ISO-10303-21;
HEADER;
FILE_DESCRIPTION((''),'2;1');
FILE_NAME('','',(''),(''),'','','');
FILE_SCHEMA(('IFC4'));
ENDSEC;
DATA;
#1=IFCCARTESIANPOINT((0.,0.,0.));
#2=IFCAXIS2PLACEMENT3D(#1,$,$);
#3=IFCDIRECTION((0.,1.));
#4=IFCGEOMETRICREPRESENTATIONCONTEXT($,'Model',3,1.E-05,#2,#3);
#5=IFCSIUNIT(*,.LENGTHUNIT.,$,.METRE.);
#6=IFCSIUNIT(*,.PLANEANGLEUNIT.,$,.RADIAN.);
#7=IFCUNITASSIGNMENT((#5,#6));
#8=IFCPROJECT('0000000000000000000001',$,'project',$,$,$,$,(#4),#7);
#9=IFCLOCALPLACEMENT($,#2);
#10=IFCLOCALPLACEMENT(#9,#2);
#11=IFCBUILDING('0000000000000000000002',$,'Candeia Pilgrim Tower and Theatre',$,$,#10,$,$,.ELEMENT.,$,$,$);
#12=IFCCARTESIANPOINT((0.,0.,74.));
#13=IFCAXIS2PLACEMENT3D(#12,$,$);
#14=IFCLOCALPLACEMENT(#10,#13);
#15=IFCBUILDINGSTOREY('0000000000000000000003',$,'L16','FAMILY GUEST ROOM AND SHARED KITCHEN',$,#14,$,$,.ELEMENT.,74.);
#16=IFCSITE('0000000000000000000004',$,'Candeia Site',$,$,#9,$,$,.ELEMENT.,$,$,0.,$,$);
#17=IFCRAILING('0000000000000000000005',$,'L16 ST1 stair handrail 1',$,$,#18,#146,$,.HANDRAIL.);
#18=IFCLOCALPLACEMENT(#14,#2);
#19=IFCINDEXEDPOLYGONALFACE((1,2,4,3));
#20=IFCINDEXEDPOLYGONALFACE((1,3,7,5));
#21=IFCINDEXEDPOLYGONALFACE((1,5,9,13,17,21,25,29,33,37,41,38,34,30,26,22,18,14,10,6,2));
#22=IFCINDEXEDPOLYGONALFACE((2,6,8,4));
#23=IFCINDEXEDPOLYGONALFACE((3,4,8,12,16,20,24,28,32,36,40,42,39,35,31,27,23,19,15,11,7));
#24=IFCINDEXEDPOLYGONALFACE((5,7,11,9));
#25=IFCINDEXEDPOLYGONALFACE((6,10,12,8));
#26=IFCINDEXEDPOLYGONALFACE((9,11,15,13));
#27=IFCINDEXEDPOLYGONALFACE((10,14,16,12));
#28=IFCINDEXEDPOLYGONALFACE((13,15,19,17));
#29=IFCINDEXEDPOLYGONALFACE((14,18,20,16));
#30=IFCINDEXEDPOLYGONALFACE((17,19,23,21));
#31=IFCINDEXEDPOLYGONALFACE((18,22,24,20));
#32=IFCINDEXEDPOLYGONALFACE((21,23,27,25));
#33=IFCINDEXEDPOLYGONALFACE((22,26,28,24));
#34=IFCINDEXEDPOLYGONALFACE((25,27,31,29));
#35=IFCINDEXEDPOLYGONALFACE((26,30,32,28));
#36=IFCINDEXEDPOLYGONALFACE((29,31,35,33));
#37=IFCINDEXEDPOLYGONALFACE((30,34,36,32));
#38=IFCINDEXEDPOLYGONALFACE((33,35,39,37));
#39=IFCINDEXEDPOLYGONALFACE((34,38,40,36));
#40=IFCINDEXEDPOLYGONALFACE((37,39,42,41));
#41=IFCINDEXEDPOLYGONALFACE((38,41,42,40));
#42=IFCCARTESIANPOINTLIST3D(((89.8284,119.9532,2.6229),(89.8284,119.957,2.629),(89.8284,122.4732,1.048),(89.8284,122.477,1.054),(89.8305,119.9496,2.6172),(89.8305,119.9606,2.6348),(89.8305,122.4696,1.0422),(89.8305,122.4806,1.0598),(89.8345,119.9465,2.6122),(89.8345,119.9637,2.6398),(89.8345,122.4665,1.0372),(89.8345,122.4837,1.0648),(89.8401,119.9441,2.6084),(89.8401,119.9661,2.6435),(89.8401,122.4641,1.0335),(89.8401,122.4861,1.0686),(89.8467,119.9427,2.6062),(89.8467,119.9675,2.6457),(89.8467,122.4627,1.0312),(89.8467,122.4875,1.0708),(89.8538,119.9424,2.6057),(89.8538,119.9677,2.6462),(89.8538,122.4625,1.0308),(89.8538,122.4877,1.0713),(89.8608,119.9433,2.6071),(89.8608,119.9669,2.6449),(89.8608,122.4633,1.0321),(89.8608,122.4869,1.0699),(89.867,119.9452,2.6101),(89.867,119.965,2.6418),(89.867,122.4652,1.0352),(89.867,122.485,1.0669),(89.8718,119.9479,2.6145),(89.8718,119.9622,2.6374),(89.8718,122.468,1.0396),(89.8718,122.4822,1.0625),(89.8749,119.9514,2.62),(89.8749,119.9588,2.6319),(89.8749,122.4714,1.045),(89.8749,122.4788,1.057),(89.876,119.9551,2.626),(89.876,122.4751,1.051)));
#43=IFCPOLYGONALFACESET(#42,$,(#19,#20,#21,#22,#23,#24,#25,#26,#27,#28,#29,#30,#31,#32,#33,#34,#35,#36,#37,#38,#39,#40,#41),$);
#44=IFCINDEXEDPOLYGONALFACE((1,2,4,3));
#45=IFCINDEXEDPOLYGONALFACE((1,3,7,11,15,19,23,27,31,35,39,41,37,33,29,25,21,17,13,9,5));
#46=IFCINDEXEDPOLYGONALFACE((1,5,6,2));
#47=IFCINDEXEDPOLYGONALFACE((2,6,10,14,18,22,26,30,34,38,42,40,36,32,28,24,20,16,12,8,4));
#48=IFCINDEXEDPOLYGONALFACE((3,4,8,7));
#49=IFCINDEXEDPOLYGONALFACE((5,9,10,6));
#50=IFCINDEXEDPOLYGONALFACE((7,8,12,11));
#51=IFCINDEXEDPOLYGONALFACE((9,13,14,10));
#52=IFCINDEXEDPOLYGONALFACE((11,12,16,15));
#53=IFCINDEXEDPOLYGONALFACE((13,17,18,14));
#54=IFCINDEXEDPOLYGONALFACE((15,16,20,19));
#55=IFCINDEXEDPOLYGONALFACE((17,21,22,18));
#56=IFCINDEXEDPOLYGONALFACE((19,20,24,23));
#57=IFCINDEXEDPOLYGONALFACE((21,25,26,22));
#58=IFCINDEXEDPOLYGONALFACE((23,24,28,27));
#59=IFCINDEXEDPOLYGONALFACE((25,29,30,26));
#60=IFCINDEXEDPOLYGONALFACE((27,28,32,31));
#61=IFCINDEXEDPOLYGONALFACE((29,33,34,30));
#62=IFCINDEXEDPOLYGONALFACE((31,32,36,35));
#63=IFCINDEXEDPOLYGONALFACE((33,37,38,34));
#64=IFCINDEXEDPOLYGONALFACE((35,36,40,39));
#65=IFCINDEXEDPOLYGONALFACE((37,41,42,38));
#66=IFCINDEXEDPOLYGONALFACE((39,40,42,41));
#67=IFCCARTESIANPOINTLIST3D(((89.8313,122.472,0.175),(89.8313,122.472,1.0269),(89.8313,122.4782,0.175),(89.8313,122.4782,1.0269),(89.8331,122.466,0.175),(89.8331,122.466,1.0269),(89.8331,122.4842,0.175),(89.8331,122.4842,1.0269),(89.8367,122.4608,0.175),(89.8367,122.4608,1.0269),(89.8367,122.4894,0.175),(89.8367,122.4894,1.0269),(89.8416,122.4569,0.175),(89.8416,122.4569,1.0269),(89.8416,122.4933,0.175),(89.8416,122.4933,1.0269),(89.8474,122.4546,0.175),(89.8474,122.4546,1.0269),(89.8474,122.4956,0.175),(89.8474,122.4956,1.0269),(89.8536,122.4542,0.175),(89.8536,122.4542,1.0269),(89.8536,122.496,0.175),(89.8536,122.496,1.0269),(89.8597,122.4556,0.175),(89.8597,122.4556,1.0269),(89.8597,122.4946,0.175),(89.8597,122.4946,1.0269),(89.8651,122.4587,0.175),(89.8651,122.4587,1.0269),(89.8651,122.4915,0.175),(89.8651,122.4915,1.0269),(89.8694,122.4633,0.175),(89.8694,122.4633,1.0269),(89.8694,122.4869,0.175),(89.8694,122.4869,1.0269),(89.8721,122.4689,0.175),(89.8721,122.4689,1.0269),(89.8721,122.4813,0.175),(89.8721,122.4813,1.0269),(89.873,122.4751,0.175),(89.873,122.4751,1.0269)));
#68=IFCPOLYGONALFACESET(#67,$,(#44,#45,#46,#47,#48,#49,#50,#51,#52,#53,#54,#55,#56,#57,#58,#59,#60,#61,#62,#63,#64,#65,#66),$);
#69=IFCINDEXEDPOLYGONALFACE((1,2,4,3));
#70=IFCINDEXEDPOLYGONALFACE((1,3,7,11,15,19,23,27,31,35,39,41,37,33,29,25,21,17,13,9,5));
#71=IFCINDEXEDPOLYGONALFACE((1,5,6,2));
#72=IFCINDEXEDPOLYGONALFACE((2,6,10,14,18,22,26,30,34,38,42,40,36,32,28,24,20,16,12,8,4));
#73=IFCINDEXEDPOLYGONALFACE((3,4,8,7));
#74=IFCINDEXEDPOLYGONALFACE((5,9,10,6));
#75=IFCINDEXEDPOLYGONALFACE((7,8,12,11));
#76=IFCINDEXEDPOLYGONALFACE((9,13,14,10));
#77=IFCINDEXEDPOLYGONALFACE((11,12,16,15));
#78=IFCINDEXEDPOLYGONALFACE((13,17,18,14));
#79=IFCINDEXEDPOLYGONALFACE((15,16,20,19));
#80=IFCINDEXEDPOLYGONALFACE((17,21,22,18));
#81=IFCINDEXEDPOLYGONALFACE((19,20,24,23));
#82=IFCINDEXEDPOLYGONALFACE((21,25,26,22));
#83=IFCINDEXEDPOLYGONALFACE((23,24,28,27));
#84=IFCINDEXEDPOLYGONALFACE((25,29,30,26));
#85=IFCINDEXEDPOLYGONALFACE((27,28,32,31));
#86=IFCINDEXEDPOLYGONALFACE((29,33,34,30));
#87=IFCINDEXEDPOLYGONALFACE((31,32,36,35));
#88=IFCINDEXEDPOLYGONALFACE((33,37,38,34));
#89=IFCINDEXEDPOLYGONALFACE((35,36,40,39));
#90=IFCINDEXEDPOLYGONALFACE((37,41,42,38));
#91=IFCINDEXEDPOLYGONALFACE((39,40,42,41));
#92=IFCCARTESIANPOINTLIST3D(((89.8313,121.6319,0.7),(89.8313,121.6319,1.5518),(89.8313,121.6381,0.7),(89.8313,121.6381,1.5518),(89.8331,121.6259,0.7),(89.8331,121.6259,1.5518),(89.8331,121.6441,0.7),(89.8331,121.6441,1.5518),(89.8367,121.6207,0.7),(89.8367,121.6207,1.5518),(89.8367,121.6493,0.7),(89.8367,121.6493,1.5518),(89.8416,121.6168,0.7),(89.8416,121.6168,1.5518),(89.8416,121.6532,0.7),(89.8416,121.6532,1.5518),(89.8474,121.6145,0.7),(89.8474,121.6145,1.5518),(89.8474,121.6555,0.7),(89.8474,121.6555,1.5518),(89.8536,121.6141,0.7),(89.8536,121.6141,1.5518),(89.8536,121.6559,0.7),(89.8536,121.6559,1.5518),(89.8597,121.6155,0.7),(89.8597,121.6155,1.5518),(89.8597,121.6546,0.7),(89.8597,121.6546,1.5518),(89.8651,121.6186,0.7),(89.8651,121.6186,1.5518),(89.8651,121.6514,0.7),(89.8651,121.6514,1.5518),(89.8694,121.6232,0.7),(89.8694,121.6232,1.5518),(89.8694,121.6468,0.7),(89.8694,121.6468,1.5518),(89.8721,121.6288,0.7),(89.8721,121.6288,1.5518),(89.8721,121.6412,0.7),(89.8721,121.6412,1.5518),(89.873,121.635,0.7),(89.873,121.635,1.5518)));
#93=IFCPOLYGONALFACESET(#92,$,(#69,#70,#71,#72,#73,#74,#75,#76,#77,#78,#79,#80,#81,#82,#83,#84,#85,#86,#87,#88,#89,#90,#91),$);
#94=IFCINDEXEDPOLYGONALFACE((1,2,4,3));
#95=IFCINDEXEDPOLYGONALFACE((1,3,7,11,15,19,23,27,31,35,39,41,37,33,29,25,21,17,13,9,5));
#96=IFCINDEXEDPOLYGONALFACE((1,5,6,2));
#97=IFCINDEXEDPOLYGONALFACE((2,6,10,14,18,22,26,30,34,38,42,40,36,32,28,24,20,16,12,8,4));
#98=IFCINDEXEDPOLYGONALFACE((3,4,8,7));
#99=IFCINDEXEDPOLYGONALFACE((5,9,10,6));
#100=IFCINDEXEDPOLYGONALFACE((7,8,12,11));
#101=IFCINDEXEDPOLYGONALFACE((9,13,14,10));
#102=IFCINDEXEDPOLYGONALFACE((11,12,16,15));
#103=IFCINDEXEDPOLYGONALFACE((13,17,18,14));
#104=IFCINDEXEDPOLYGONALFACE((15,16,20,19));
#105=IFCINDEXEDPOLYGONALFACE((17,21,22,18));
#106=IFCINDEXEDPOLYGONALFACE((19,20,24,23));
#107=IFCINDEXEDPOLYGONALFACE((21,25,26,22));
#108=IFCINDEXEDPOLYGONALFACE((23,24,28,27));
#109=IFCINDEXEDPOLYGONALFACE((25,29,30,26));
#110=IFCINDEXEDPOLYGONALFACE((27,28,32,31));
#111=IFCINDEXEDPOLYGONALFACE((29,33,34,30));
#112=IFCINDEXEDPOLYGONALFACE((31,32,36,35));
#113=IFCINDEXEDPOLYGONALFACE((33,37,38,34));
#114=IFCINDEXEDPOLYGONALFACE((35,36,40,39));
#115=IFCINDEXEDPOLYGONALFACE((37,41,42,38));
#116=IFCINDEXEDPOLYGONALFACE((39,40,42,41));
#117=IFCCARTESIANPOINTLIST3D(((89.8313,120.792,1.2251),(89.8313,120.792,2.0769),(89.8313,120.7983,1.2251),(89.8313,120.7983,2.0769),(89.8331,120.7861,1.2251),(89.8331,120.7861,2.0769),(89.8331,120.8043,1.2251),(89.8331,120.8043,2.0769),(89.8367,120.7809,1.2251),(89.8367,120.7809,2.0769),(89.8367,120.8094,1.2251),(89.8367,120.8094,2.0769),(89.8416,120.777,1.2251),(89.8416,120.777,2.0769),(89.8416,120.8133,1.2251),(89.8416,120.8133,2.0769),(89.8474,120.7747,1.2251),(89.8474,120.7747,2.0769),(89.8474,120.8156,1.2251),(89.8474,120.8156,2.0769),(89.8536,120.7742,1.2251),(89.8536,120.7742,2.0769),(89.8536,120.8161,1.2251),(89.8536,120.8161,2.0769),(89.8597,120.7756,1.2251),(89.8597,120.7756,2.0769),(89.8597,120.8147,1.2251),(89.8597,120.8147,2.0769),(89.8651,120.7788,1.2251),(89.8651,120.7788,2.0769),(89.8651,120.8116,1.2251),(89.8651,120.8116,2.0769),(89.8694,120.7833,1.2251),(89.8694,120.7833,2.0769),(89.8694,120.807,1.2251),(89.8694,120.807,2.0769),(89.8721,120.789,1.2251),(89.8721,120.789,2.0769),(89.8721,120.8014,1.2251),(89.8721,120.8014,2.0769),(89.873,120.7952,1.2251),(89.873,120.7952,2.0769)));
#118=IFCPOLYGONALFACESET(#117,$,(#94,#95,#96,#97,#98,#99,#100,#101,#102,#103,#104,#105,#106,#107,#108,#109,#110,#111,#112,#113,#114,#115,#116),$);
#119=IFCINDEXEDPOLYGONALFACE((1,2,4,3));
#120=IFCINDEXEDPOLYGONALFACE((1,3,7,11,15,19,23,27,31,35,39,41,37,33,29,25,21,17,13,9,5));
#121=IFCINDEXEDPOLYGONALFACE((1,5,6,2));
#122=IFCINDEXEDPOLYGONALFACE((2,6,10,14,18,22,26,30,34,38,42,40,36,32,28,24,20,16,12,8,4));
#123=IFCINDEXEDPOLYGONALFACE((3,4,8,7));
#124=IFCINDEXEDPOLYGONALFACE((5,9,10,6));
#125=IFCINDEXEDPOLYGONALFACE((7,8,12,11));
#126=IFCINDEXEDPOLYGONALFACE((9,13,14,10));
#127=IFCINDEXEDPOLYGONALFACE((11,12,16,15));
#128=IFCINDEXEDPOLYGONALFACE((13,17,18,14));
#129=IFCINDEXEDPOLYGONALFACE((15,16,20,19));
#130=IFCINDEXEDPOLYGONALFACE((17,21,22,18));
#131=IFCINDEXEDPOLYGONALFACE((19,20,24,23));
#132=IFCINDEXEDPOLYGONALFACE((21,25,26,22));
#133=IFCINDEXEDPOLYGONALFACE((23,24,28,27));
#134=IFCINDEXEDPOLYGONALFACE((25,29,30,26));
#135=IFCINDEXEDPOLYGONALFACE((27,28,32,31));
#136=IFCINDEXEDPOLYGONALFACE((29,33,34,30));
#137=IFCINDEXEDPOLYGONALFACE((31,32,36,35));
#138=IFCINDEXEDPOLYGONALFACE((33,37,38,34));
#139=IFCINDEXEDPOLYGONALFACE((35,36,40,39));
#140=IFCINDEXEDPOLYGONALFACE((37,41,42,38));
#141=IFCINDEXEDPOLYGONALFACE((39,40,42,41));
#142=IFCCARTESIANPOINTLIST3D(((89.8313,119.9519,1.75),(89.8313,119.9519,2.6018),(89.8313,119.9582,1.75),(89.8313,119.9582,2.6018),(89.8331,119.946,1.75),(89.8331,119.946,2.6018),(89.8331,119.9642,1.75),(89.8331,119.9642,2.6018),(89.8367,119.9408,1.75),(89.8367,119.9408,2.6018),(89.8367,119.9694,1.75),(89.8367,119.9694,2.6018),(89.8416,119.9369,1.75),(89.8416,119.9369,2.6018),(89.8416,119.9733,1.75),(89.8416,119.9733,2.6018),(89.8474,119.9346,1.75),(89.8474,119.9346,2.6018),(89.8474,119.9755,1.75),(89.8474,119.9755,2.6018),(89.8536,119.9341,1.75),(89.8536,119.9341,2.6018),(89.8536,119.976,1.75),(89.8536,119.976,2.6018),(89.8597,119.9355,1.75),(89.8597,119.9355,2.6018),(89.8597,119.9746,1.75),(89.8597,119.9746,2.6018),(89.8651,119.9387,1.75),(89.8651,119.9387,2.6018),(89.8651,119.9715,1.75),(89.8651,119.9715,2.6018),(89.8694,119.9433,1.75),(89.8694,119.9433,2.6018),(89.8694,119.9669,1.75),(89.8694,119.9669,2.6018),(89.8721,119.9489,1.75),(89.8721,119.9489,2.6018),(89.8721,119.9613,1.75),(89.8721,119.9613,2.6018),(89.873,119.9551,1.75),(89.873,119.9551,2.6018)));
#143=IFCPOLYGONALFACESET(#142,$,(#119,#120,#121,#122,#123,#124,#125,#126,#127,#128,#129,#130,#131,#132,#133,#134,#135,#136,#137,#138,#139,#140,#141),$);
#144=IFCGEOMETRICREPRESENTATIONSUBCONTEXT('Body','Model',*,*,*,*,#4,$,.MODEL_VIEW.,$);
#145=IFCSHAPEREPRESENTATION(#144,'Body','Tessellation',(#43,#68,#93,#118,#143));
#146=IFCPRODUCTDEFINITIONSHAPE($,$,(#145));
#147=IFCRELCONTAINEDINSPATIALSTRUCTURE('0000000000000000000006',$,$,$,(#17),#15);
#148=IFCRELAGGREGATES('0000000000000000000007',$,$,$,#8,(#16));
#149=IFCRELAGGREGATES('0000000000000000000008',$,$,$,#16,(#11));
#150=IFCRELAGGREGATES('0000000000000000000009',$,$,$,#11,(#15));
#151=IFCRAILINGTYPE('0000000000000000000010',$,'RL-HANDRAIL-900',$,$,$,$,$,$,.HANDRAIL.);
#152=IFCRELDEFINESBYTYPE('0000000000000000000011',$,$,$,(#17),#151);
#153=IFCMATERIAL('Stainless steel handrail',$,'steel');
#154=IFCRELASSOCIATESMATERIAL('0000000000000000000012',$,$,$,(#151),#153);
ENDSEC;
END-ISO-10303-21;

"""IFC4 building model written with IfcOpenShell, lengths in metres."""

from ifc_helpers import new_model, si_unit, direction, frame, origin, origin_2d, place, context, subcontext, project, spatial, circle, extrude, material, type_object, element, save


model = new_model("IFC4")

# Units and contexts
model_context = context("Model", 3, precision=1e-05, world=origin(), true_north=direction((0.0, 1.0)))
body_context = subcontext(model_context, "Body", "Model", "MODEL_VIEW")
ifc_project = project(units=[si_unit("LENGTHUNIT", "METRE"), si_unit("PLANEANGLEUNIT", "RADIAN")], contexts=[model_context])

# Site, building, storey
site_placement = place(None, origin())
site = spatial("IfcSite", under=ifc_project, at=site_placement, Name="Candeia Site", CompositionType="ELEMENT", RefElevation=0.0)
building_placement = place(site_placement, origin())
building = spatial("IfcBuilding", under=site, at=building_placement, Name="Candeia Pilgrim Tower and Theatre", CompositionType="ELEMENT")
storey_placement = place(building_placement, frame((0.0, 0.0, 74.0)))
storey = spatial("IfcBuildingStorey", under=building, at=storey_placement, Name="L16", Description="FAMILY GUEST ROOM AND SHARED KITCHEN", CompositionType="ELEMENT", Elevation=74.0)

# Railing
ifc_material_1 = material(Name="Stainless steel handrail", Category="steel")
railing_type_1 = type_object("IfcRailingType", Name="RL-HANDRAIL-900", PredefinedType="HANDRAIL", material=ifc_material_1)
for number, where, name in (
    (1, (89.8521, 122.4751, 0.175), "L16 ST1 stair handrail 1"),
):
    element("IfcRailing", number, at=place(storey_placement, frame(where)), inside=storey, type_object=railing_type_1, Name=name, PredefinedType="HANDRAIL", context=body_context, shape_type="SweptSolid", body=[
        extrude(circle(Radius=0.0239, at=origin_2d()), frame((0.0, 0.0, 0.876), z_axis=(0.0, -0.848008, 0.529984), x_axis=(1.0, 0.0, 0.0)), (0.0, 0.0, 1.0), 2.9717),
        extrude(circle(Radius=0.021, at=origin_2d()), origin(), (0.0, 0.0, 1.0), 0.8518),
        extrude(circle(Radius=0.021, at=origin_2d()), frame((0.0, -0.8401, 0.5249)), (0.0, 0.0, 1.0), 0.8518),
        extrude(circle(Radius=0.021, at=origin_2d()), frame((0.0, -1.6799, 1.05)), (0.0, 0.0, 1.0), 0.8518),
        extrude(circle(Radius=0.021, at=origin_2d()), frame((0.0, -2.52, 1.575)), (0.0, 0.0, 1.0), 0.8518),
    ])

save(model, "model.ifc")
